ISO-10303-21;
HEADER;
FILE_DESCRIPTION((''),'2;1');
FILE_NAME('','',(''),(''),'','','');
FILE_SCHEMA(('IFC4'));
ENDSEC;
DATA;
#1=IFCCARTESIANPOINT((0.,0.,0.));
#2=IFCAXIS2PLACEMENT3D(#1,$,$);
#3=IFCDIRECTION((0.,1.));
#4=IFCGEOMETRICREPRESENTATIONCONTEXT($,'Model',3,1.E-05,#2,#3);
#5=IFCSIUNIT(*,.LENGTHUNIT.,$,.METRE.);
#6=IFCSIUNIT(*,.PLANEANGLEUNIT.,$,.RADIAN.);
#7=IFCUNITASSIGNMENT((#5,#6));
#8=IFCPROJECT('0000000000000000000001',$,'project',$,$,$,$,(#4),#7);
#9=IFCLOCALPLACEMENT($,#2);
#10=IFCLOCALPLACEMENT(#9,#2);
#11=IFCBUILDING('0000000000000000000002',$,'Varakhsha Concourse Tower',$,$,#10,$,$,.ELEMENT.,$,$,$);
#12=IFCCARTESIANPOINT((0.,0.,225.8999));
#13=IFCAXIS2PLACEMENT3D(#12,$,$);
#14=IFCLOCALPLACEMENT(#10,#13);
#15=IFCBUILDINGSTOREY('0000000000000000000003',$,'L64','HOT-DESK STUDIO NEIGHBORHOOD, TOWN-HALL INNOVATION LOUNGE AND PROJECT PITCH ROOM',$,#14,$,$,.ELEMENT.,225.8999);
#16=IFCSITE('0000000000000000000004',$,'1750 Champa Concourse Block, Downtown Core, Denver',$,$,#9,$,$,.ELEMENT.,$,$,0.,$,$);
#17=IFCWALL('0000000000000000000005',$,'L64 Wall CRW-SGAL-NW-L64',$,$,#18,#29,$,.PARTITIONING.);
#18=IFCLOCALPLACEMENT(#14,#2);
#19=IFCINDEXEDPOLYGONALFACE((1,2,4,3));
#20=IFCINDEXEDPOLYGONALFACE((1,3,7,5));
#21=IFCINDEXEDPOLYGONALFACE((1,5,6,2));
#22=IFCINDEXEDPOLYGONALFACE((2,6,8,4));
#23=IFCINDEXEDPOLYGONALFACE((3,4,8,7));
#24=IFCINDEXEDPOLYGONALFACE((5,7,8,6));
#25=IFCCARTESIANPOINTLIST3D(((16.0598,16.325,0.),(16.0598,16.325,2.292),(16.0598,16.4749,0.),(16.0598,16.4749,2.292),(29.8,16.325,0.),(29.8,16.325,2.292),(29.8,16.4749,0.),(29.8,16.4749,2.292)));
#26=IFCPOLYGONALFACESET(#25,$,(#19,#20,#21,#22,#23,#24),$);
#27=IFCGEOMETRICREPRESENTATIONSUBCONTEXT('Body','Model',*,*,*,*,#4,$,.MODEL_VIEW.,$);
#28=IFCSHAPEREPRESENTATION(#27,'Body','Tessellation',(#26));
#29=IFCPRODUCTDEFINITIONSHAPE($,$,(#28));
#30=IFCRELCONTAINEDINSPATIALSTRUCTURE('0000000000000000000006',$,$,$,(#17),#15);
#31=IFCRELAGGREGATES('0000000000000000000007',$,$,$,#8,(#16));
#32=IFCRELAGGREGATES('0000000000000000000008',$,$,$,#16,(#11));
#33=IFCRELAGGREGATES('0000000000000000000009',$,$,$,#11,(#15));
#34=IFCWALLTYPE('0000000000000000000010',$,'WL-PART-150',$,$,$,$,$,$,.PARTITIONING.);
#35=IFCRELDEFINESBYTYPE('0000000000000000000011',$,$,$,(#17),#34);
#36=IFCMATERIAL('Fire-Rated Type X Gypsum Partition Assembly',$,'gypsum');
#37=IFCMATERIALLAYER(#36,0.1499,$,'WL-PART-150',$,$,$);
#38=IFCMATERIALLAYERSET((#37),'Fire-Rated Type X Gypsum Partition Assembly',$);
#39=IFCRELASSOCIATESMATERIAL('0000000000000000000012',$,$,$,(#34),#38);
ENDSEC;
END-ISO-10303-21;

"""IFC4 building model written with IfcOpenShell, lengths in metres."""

from ifc_helpers import new_model, si_unit, direction, frame, frame_2d, origin, place, context, subcontext, project, spatial, rectangle, extrude, material, layer, layer_set, type_object, element, save


model = new_model("IFC4")

# Units and contexts
model_context = context("Model", 3, precision=1e-05, world=origin(), true_north=direction((0.0, 1.0)))
body_context = subcontext(model_context, "Body", "Model", "MODEL_VIEW")
ifc_project = project(units=[si_unit("LENGTHUNIT", "METRE"), si_unit("PLANEANGLEUNIT", "RADIAN")], contexts=[model_context])

# Site, building, storey
site_placement = place(None, origin())
site = spatial("IfcSite", under=ifc_project, at=site_placement, Name="1750 Champa Concourse Block, Downtown Core, Denver", CompositionType="ELEMENT", RefElevation=0.0)
building_placement = place(site_placement, origin())
building = spatial("IfcBuilding", under=site, at=building_placement, Name="Varakhsha Concourse Tower", CompositionType="ELEMENT")
storey_placement = place(building_placement, frame((0.0, 0.0, 225.8999)))
storey = spatial("IfcBuildingStorey", under=building, at=storey_placement, Name="L64", Description="HOT-DESK STUDIO NEIGHBORHOOD, TOWN-HALL INNOVATION LOUNGE AND PROJECT PITCH ROOM", CompositionType="ELEMENT", Elevation=225.8999)

# Wall
ifc_material_1 = material(Name="Fire-Rated Type X Gypsum Partition Assembly", Category="gypsum")
ifc_layer_1 = layer(ifc_material_1, 0.1499, Name="WL-PART-150")
ifc_layer_set_1 = layer_set([ifc_layer_1], Name="Fire-Rated Type X Gypsum Partition Assembly")
wall_type_1 = type_object("IfcWallType", Name="WL-PART-150", PredefinedType="PARTITIONING", material=ifc_layer_set_1)
wall_1_placement = place(storey_placement, frame((16.0598, 16.3999, 0.0), z_axis=(0.0, 0.0, 1.0), x_axis=(1.0, 0.0, 0.0)))
element("IfcWall", 1, at=wall_1_placement, inside=storey, type_object=wall_type_1, Name="L64 Wall CRW-SGAL-NW-L64", PredefinedType="PARTITIONING", context=body_context, shape_type="SweptSolid", body=[
    extrude(rectangle(XDim=13.7402, YDim=0.1499, at=frame_2d((6.8701, 0.0))), origin(), (0.0, 0.0, 1.0), 2.292),
])

save(model, "model.ifc")
